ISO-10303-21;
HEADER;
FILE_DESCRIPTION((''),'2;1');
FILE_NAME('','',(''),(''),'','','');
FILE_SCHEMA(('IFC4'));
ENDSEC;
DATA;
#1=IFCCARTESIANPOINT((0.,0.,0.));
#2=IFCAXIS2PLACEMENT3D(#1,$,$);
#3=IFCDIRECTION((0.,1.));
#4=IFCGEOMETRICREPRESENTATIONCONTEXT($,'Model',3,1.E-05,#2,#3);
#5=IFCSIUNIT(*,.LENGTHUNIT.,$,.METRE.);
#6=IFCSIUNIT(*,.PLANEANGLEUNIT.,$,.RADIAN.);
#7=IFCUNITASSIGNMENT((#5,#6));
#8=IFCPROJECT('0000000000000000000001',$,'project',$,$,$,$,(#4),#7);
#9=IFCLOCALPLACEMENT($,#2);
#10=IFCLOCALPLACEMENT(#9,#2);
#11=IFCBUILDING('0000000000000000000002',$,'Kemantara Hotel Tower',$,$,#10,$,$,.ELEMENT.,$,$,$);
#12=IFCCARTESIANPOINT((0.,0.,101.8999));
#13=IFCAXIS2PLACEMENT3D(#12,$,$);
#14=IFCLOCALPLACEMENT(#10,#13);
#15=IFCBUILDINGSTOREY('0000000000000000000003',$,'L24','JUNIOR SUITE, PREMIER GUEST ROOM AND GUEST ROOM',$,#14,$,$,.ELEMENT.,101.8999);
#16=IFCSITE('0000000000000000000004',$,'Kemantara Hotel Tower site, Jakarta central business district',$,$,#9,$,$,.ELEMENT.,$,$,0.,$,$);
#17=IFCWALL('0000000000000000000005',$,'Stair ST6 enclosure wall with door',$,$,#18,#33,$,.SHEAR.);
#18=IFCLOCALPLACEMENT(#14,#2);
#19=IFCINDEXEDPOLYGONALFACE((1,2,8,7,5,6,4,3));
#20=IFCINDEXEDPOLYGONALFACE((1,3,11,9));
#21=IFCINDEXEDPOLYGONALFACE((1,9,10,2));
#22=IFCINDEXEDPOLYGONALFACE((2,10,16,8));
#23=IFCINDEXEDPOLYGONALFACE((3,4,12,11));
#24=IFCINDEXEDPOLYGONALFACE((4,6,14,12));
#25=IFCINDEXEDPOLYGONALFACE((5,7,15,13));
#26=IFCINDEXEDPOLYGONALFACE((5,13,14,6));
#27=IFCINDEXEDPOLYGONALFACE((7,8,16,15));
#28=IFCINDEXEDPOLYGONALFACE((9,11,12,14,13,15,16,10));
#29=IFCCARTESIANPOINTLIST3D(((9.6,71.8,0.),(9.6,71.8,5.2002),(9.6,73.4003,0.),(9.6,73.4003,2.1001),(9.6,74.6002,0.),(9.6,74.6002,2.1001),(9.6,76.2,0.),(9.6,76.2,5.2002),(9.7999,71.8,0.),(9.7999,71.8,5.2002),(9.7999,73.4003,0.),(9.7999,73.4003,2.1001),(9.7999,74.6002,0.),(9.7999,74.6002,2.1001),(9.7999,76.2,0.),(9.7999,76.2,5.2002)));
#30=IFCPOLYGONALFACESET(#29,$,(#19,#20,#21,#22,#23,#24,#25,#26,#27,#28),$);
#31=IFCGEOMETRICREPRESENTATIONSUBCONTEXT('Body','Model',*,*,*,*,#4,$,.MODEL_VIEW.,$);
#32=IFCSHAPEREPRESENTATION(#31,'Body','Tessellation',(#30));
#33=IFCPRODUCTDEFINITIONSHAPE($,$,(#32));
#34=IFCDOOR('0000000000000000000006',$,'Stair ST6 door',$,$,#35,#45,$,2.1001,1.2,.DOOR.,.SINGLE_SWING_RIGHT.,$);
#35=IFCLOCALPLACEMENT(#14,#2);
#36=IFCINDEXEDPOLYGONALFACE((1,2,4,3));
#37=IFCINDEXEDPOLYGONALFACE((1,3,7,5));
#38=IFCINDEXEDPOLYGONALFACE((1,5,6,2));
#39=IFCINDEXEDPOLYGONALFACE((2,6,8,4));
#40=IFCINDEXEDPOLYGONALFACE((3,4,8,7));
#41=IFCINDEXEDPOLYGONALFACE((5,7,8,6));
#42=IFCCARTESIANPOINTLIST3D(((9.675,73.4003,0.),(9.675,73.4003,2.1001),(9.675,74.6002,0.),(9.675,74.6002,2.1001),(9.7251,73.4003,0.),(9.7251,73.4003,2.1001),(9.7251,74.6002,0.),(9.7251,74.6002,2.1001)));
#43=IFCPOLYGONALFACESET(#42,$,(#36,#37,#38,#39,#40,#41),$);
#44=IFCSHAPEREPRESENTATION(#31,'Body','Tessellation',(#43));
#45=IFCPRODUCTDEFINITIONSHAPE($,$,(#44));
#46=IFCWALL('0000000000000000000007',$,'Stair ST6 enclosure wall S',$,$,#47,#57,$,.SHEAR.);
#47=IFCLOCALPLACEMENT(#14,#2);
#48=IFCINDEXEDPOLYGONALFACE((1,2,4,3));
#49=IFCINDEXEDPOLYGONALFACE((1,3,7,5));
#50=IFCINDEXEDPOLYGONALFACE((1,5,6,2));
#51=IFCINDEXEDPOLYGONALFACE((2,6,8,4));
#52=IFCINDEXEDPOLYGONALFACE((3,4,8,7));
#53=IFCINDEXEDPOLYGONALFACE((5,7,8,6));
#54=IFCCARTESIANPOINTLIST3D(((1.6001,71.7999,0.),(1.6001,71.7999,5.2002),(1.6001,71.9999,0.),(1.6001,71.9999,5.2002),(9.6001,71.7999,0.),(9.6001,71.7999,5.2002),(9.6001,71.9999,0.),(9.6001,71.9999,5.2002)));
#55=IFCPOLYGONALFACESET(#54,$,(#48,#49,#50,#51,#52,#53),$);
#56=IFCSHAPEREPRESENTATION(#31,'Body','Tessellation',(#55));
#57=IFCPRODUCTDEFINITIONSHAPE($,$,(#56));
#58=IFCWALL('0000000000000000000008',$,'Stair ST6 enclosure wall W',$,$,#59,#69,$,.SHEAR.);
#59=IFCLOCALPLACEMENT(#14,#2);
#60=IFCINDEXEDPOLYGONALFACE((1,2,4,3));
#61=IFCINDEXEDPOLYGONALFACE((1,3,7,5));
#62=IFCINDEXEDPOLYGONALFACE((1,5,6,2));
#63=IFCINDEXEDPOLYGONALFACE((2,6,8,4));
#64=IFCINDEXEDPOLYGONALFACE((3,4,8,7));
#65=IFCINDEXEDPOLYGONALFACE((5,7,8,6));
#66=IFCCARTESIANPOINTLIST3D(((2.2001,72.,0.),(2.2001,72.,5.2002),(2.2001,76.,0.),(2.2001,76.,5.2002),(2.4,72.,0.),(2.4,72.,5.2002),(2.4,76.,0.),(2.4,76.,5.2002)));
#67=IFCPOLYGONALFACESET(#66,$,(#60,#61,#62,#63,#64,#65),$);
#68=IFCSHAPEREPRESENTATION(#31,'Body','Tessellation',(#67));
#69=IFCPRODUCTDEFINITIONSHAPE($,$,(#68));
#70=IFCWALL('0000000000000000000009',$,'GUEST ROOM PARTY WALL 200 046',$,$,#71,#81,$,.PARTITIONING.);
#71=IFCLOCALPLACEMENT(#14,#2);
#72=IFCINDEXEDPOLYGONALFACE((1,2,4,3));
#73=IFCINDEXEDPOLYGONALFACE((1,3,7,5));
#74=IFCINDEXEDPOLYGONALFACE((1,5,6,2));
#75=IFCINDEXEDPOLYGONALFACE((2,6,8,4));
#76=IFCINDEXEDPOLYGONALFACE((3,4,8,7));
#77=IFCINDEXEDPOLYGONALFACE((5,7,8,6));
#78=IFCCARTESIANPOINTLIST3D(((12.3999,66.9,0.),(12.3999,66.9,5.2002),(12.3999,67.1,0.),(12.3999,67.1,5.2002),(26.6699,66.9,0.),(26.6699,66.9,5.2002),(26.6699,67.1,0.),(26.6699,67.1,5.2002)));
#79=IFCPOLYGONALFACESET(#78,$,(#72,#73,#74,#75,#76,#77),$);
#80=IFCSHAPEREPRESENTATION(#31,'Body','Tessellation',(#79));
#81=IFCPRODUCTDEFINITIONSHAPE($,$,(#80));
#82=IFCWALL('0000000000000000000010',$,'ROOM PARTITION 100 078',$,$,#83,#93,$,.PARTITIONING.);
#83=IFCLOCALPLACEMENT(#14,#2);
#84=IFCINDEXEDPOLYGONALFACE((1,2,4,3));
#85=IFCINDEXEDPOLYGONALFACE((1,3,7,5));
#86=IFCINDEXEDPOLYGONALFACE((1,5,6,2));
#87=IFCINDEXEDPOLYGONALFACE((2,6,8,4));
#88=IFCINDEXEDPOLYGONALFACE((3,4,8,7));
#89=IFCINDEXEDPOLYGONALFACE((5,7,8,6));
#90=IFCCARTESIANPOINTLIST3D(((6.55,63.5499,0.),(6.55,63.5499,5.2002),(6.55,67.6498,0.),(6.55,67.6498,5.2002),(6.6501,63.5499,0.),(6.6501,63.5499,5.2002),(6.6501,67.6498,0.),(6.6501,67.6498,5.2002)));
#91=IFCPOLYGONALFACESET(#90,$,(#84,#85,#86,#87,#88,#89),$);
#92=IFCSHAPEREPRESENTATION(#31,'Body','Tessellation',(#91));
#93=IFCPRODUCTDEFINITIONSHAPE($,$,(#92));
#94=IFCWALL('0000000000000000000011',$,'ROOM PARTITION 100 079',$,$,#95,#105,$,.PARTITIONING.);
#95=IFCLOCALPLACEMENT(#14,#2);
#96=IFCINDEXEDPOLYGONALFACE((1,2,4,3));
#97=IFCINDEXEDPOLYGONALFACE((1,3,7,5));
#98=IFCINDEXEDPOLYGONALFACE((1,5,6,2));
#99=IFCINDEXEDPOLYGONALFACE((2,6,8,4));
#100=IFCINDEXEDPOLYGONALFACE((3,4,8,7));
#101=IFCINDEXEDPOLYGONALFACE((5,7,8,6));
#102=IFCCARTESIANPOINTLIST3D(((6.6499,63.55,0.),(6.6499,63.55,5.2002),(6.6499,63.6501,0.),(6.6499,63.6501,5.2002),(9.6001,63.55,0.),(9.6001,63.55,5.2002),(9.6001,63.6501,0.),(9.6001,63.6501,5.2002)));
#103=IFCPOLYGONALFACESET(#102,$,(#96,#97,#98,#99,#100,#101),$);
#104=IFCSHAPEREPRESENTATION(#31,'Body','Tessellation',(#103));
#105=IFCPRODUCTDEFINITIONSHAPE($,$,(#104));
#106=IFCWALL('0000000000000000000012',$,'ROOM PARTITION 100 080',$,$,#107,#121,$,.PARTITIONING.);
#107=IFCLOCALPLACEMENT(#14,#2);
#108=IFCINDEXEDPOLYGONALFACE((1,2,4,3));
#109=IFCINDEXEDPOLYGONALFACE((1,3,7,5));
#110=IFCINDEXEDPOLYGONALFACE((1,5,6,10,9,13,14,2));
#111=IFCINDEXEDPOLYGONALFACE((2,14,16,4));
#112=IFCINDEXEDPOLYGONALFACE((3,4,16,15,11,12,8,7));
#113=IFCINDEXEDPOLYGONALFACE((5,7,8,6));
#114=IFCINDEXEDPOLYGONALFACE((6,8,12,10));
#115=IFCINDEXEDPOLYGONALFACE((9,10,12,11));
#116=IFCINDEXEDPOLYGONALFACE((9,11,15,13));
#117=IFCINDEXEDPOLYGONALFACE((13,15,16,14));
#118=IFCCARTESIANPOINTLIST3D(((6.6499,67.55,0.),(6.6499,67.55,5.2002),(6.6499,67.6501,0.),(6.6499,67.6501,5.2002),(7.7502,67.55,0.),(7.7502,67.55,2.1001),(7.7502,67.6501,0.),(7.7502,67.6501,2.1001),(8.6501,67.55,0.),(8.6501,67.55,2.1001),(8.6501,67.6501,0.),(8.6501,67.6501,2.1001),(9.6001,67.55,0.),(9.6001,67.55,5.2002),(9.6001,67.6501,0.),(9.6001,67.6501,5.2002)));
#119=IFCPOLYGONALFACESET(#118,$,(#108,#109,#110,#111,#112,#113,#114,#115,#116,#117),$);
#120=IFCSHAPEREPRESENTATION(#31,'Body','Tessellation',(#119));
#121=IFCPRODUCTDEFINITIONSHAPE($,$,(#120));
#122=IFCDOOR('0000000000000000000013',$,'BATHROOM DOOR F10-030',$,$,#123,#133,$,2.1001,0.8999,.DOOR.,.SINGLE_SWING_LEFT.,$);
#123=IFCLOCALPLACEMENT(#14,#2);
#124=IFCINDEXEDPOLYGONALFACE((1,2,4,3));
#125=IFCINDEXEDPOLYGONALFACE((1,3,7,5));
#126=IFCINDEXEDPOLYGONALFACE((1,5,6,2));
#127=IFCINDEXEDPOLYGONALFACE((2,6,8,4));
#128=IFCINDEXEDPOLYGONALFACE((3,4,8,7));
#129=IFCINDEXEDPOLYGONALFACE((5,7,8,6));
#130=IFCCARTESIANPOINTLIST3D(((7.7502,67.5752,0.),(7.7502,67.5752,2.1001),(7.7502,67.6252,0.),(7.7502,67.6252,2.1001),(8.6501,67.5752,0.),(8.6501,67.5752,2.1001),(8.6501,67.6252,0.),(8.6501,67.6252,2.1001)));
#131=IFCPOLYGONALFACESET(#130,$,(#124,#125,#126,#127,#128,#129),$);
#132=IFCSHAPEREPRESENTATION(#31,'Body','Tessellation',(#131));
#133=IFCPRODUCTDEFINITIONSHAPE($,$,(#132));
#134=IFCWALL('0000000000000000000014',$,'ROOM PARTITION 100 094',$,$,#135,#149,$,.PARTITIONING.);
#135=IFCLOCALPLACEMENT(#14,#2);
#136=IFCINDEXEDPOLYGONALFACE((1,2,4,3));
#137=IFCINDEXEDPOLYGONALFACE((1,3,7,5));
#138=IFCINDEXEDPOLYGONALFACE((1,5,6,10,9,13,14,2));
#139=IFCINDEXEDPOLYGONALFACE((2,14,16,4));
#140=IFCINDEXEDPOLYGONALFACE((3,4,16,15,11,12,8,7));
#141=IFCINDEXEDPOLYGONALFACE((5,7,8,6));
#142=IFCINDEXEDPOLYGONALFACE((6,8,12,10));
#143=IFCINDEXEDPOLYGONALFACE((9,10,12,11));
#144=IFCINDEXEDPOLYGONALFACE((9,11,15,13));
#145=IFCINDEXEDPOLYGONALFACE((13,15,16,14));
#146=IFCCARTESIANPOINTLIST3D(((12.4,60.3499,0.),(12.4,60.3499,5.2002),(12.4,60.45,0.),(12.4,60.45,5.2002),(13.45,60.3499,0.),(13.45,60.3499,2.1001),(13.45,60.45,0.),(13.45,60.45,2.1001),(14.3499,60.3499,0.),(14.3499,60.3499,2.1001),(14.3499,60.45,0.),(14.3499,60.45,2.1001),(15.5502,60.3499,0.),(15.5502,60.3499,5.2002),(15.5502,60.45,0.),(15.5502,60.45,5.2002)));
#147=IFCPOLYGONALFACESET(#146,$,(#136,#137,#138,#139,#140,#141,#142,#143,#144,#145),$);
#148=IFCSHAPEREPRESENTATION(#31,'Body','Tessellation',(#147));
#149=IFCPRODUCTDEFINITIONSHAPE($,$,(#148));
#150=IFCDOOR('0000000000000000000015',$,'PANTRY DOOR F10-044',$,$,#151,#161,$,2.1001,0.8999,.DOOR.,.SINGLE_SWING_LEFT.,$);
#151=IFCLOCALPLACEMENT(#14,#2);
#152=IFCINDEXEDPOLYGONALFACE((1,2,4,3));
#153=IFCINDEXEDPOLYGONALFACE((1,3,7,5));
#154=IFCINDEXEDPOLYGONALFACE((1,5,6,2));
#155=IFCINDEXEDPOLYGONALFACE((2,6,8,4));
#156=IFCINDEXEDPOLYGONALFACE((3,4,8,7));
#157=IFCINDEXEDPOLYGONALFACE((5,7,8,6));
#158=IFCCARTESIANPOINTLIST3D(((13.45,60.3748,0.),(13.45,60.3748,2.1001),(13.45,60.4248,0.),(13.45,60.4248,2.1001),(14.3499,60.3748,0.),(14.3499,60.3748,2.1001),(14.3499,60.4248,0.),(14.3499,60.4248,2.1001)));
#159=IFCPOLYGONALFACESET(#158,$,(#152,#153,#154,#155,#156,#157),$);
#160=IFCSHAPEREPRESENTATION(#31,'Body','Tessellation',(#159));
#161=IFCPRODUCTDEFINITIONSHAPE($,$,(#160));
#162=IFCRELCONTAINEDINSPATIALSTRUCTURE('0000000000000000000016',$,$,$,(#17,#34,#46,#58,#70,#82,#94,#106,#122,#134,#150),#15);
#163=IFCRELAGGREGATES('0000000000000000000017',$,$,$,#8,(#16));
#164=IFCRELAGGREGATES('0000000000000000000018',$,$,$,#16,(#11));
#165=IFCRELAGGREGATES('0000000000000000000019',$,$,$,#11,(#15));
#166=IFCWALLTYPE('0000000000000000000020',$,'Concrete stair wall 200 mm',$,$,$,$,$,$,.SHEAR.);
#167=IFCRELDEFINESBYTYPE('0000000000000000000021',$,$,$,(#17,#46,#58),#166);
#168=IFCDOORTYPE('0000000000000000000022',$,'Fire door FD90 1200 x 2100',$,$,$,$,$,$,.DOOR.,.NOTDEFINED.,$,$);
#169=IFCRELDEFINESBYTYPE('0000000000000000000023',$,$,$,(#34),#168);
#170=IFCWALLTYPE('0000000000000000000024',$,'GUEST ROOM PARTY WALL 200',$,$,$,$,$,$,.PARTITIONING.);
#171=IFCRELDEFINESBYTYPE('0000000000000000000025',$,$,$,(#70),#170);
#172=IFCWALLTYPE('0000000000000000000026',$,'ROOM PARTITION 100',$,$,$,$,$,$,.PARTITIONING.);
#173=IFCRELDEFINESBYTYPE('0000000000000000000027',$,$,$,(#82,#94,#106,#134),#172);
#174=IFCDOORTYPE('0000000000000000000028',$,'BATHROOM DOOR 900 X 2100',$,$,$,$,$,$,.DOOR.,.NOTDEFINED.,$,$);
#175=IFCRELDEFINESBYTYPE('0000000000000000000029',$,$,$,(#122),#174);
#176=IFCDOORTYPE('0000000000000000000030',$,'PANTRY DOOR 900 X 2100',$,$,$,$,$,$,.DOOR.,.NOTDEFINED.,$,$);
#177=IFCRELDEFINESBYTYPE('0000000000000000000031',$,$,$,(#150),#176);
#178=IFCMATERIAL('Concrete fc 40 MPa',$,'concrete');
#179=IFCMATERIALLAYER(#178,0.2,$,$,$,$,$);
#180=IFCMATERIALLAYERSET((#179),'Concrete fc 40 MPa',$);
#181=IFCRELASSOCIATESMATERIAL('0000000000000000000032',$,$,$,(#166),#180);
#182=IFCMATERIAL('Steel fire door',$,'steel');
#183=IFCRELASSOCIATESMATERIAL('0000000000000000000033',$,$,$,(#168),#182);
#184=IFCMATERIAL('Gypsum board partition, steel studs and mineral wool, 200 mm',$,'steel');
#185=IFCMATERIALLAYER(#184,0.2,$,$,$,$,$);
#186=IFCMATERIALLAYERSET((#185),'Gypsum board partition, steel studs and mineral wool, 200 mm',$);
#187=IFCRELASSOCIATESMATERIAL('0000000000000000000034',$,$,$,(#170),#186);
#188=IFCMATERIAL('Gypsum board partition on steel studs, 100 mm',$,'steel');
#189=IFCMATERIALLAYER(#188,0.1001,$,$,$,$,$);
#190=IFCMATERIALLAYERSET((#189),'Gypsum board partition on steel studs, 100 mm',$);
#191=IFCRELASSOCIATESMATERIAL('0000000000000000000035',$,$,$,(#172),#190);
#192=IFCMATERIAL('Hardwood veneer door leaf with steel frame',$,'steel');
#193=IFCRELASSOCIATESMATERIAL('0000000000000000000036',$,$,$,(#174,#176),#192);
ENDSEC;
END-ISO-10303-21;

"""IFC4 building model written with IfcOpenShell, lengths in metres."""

from ifc_helpers import new_model, si_unit, direction, frame, frame_2d, origin, place, context, subcontext, project, spatial, rectangle, extrude, material, layer, layer_set, type_object, element, fill, save


model = new_model("IFC4")

# Units and contexts
model_context = context("Model", 3, precision=1e-05, world=origin(), true_north=direction((0.0, 1.0)))
body_context = subcontext(model_context, "Body", "Model", "MODEL_VIEW")
ifc_project = project(units=[si_unit("LENGTHUNIT", "METRE"), si_unit("PLANEANGLEUNIT", "RADIAN")], contexts=[model_context])

# Site, building, storey
site_placement = place(None, origin())
site = spatial("IfcSite", under=ifc_project, at=site_placement, Name="Kemantara Hotel Tower site, Jakarta central business district", CompositionType="ELEMENT", RefElevation=0.0)
building_placement = place(site_placement, origin())
building = spatial("IfcBuilding", under=site, at=building_placement, Name="Kemantara Hotel Tower", CompositionType="ELEMENT")
storey_placement = place(building_placement, frame((0.0, 0.0, 101.8999)))
storey = spatial("IfcBuildingStorey", under=building, at=storey_placement, Name="L24", Description="JUNIOR SUITE, PREMIER GUEST ROOM AND GUEST ROOM", CompositionType="ELEMENT", Elevation=101.8999)

# Shared definitions
ifc_material_1 = material(Name="Gypsum board partition, steel studs and mineral wool, 200 mm", Category="steel")
ifc_material_2 = material(Name="Hardwood veneer door leaf with steel frame", Category="steel")

# Shared definitions
ifc_material_3 = material(Name="Concrete fc 40 MPa", Category="concrete")
ifc_layer_1 = layer(ifc_material_3, 0.2)
ifc_layer_set_1 = layer_set([ifc_layer_1], Name="Concrete fc 40 MPa")
wall_type_1 = type_object("IfcWallType", Name="Concrete stair wall 200 mm", PredefinedType="SHEAR", material=ifc_layer_set_1)

# Wall, opening, door
wall_1_placement = place(storey_placement, frame((9.7, 71.8, 0.0), z_axis=(0.0, 0.0, 1.0), x_axis=(0.0, 1.0, 0.0)))
wall_1 = element("IfcWall", 1, at=wall_1_placement, inside=storey, type_object=wall_type_1, Name="Stair ST6 enclosure wall with door", PredefinedType="SHEAR", context=body_context, shape_type="SweptSolid", body=[
    extrude(rectangle(XDim=4.3999, YDim=0.2, at=frame_2d((2.2, 0.0))), origin(), (0.0, 0.0, 1.0), 5.2002),
])
opening_1_placement = place(wall_1_placement, frame((1.6001, 0.0, 0.0)))
opening_1 = element("IfcOpeningElement", 2, at=opening_1_placement, cuts=wall_1, PredefinedType="OPENING", context=body_context, shape_type="SweptSolid", body=[
    extrude(rectangle(XDim=1.2, YDim=2.1001, at=frame_2d((0.6001, 1.05))), frame((0.0, 0.1099, 0.0), z_axis=(0.0, -1.0, 0.0), x_axis=(1.0, 0.0, 0.0)), (0.0, 0.0, 1.0), 0.22),
])
ifc_material_4 = material(Name="Steel fire door", Category="steel")
door_type_1 = type_object("IfcDoorType", Name="Fire door FD90 1200 x 2100", OperationType="NOTDEFINED", PredefinedType="DOOR", material=ifc_material_4)
door_1_placement = place(opening_1_placement, origin())
door_1 = element("IfcDoor", 3, at=door_1_placement, inside=storey, type_object=door_type_1, Name="Stair ST6 door", OperationType="SINGLE_SWING_RIGHT", OverallHeight=2.1001, OverallWidth=1.2, PredefinedType="DOOR", context=body_context, shape_type="SweptSolid", body=[
    extrude(rectangle(XDim=1.2, YDim=2.1001, at=frame_2d((0.6001, 1.05))), frame((0.0, 0.0249, 0.0), z_axis=(0.0, -1.0, 0.0), x_axis=(1.0, 0.0, 0.0)), (0.0, 0.0, 1.0), 0.05),
])
fill(opening_1, door_1)

# Walls
wall_2_placement = place(storey_placement, frame((1.6001, 71.8999, 0.0), z_axis=(0.0, 0.0, 1.0), x_axis=(1.0, 0.0, 0.0)))
element("IfcWall", 4, at=wall_2_placement, inside=storey, type_object=wall_type_1, Name="Stair ST6 enclosure wall S", PredefinedType="SHEAR", context=body_context, shape_type="SweptSolid", body=[
    extrude(rectangle(XDim=8.0, YDim=0.2, at=frame_2d((4.0, 0.0))), origin(), (0.0, 0.0, 1.0), 5.2002),
])
wall_3_placement = place(storey_placement, frame((2.3, 72.0, 0.0), z_axis=(0.0, 0.0, 1.0), x_axis=(0.0, 1.0, 0.0)))
element("IfcWall", 5, at=wall_3_placement, inside=storey, type_object=wall_type_1, Name="Stair ST6 enclosure wall W", PredefinedType="SHEAR", context=body_context, shape_type="SweptSolid", body=[
    extrude(rectangle(XDim=4.0, YDim=0.2, at=frame_2d((2.0, 0.0))), origin(), (0.0, 0.0, 1.0), 5.2002),
])
ifc_layer_2 = layer(ifc_material_1, 0.2)
ifc_layer_set_2 = layer_set([ifc_layer_2], Name="Gypsum board partition, steel studs and mineral wool, 200 mm")
wall_type_2 = type_object("IfcWallType", Name="GUEST ROOM PARTY WALL 200", PredefinedType="PARTITIONING", material=ifc_layer_set_2)
wall_4_placement = place(storey_placement, frame((12.3999, 67.0, 0.0), z_axis=(0.0, 0.0, 1.0), x_axis=(1.0, 0.0, 0.0)))
element("IfcWall", 6, at=wall_4_placement, inside=storey, type_object=wall_type_2, Name="GUEST ROOM PARTY WALL 200 046", PredefinedType="PARTITIONING", context=body_context, shape_type="SweptSolid", body=[
    extrude(rectangle(XDim=14.27, YDim=0.2, at=frame_2d((7.135, 0.0))), origin(), (0.0, 0.0, 1.0), 5.2002),
])
ifc_material_5 = material(Name="Gypsum board partition on steel studs, 100 mm", Category="steel")
ifc_layer_3 = layer(ifc_material_5, 0.1001)
ifc_layer_set_3 = layer_set([ifc_layer_3], Name="Gypsum board partition on steel studs, 100 mm")
wall_type_3 = type_object("IfcWallType", Name="ROOM PARTITION 100", PredefinedType="PARTITIONING", material=ifc_layer_set_3)
wall_5_placement = place(storey_placement, frame((6.6001, 63.55, 0.0), z_axis=(0.0, 0.0, 1.0), x_axis=(0.0, 1.0, 0.0)))
element("IfcWall", 7, at=wall_5_placement, inside=storey, type_object=wall_type_3, Name="ROOM PARTITION 100 078", PredefinedType="PARTITIONING", context=body_context, shape_type="SweptSolid", body=[
    extrude(rectangle(XDim=4.0999, YDim=0.1001, at=frame_2d((2.0498, 0.0))), origin(), (0.0, 0.0, 1.0), 5.2002),
])
wall_6_placement = place(storey_placement, frame((6.6499, 63.6001, 0.0), z_axis=(0.0, 0.0, 1.0), x_axis=(1.0, 0.0, 0.0)))
element("IfcWall", 8, at=wall_6_placement, inside=storey, type_object=wall_type_3, Name="ROOM PARTITION 100 079", PredefinedType="PARTITIONING", context=body_context, shape_type="SweptSolid", body=[
    extrude(rectangle(XDim=2.9502, YDim=0.1001, at=frame_2d((1.4751, 0.0))), origin(), (0.0, 0.0, 1.0), 5.2002),
])

# Walls, openings, doors
wall_7_placement = place(storey_placement, frame((9.6001, 67.6001, 0.0), z_axis=(0.0, 0.0, 1.0), x_axis=(-1.0, 0.0, 0.0)))
wall_7 = element("IfcWall", 9, at=wall_7_placement, inside=storey, type_object=wall_type_3, Name="ROOM PARTITION 100 080", PredefinedType="PARTITIONING", context=body_context, shape_type="SweptSolid", body=[
    extrude(rectangle(XDim=2.9502, YDim=0.1001, at=frame_2d((1.4751, 0.0))), origin(), (0.0, 0.0, 1.0), 5.2002),
])
opening_2_placement = place(wall_7_placement, frame((0.95, 0.0, 0.0)))
opening_2 = element("IfcOpeningElement", 10, at=opening_2_placement, cuts=wall_7, PredefinedType="OPENING", context=body_context, shape_type="SweptSolid", body=[
    extrude(rectangle(XDim=0.8999, YDim=2.1001, at=frame_2d((0.45, 1.05))), frame((0.0, 0.0601, 0.0), z_axis=(0.0, -1.0, 0.0), x_axis=(1.0, 0.0, 0.0)), (0.0, 0.0, 1.0), 0.1201),
])
door_type_2 = type_object("IfcDoorType", Name="BATHROOM DOOR 900 X 2100", OperationType="NOTDEFINED", PredefinedType="DOOR", material=ifc_material_2)
door_2_placement = place(opening_2_placement, origin())
door_2 = element("IfcDoor", 11, at=door_2_placement, inside=storey, type_object=door_type_2, Name="BATHROOM DOOR F10-030", OperationType="SINGLE_SWING_LEFT", OverallHeight=2.1001, OverallWidth=0.8999, PredefinedType="DOOR", context=body_context, shape_type="SweptSolid", body=[
    extrude(rectangle(XDim=0.8999, YDim=2.1001, at=frame_2d((0.45, 1.05))), frame((0.0, 0.0249, 0.0), z_axis=(0.0, -1.0, 0.0), x_axis=(1.0, 0.0, 0.0)), (0.0, 0.0, 1.0), 0.05),
])
fill(opening_2, door_2)
wall_8_placement = place(storey_placement, frame((12.3999, 60.3999, 0.0), z_axis=(0.0, 0.0, 1.0), x_axis=(1.0, 0.0, 0.0)))
wall_8 = element("IfcWall", 12, at=wall_8_placement, inside=storey, type_object=wall_type_3, Name="ROOM PARTITION 100 094", PredefinedType="PARTITIONING", context=body_context, shape_type="SweptSolid", body=[
    extrude(rectangle(XDim=3.1501, YDim=0.1001, at=frame_2d((1.5752, 0.0))), origin(), (0.0, 0.0, 1.0), 5.2002),
])
opening_3_placement = place(wall_8_placement, frame((1.05, 0.0, 0.0)))
opening_3 = element("IfcOpeningElement", 13, at=opening_3_placement, cuts=wall_8, PredefinedType="OPENING", context=body_context, shape_type="SweptSolid", body=[
    extrude(rectangle(XDim=0.8999, YDim=2.1001, at=frame_2d((0.45, 1.05))), frame((0.0, 0.0601, 0.0), z_axis=(0.0, -1.0, 0.0), x_axis=(1.0, 0.0, 0.0)), (0.0, 0.0, 1.0), 0.1201),
])
door_type_3 = type_object("IfcDoorType", Name="PANTRY DOOR 900 X 2100", OperationType="NOTDEFINED", PredefinedType="DOOR", material=ifc_material_2)
door_3_placement = place(opening_3_placement, origin())
door_3 = element("IfcDoor", 14, at=door_3_placement, inside=storey, type_object=door_type_3, Name="PANTRY DOOR F10-044", OperationType="SINGLE_SWING_LEFT", OverallHeight=2.1001, OverallWidth=0.8999, PredefinedType="DOOR", context=body_context, shape_type="SweptSolid", body=[
    extrude(rectangle(XDim=0.8999, YDim=2.1001, at=frame_2d((0.45, 1.05))), frame((0.0, 0.0249, 0.0), z_axis=(0.0, -1.0, 0.0), x_axis=(1.0, 0.0, 0.0)), (0.0, 0.0, 1.0), 0.05),
])
fill(opening_3, door_3)

save(model, "model.ifc")
